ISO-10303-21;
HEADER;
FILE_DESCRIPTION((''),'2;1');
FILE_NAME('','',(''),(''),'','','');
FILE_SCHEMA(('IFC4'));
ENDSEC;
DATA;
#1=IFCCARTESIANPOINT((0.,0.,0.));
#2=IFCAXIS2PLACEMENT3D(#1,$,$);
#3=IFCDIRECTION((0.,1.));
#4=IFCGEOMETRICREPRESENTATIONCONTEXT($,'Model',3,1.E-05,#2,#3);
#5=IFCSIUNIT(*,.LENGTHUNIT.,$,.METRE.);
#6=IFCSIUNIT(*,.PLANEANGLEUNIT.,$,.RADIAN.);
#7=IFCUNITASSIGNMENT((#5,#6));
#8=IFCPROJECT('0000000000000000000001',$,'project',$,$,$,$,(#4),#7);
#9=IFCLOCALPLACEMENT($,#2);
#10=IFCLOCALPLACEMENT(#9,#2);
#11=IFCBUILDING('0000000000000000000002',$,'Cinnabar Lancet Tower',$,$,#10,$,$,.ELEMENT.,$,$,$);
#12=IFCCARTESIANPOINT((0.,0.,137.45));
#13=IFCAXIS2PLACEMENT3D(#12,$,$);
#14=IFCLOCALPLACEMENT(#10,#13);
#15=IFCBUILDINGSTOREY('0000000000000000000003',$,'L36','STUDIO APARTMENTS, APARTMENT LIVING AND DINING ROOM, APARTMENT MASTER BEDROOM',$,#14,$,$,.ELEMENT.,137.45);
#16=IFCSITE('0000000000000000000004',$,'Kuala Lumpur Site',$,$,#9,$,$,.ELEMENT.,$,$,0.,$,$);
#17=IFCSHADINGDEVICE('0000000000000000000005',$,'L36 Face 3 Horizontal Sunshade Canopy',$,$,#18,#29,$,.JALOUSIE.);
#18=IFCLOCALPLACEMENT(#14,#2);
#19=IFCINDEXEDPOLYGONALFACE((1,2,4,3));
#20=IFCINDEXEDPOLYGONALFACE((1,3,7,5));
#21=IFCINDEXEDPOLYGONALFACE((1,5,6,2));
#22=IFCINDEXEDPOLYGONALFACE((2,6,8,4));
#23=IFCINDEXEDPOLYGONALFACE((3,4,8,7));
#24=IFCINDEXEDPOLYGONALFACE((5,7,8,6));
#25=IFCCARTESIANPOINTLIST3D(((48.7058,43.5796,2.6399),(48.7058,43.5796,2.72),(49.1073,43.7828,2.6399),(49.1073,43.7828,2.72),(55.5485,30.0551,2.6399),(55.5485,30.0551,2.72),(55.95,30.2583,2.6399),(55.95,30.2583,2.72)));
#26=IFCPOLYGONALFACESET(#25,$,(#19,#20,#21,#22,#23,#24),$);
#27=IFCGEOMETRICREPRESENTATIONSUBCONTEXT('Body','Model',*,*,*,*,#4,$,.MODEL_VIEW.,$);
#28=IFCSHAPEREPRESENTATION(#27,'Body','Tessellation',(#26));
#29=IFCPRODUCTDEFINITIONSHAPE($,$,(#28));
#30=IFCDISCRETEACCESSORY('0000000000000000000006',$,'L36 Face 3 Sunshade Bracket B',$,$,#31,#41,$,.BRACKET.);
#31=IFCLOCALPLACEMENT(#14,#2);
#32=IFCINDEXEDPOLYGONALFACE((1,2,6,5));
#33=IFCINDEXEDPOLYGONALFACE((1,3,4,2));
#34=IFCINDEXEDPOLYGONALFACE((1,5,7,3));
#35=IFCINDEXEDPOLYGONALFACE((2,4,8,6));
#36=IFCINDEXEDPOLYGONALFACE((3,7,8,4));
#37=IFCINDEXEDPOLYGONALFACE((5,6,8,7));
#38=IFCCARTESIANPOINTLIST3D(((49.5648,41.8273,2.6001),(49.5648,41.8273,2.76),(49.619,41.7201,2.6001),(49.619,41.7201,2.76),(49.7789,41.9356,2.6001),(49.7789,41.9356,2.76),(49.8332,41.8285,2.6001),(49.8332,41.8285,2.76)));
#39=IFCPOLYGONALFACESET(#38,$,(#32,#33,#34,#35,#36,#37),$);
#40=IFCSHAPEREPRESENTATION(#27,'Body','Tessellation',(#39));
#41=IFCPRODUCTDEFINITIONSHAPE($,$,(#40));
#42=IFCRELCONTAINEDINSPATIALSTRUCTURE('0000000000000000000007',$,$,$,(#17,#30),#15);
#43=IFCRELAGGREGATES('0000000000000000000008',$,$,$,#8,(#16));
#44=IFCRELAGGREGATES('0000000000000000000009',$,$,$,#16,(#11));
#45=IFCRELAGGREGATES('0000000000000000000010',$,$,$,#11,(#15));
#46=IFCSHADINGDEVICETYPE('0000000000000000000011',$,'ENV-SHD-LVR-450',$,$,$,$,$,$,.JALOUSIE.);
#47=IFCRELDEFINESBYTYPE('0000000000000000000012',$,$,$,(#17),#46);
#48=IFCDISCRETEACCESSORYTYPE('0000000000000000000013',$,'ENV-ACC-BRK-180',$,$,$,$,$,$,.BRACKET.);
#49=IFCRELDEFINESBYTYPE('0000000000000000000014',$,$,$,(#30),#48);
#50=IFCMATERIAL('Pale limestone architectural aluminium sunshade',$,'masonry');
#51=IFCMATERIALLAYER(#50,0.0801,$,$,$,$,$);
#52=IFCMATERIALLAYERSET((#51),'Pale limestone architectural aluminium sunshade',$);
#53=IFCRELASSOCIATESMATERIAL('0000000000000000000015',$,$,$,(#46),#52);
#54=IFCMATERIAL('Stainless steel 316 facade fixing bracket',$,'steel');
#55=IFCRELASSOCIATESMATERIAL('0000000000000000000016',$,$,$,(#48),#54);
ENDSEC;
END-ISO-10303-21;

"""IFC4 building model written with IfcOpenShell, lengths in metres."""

from ifc_helpers import new_model, si_unit, direction, frame, origin, origin_2d, place, context, subcontext, project, spatial, rectangle, extrude, material, layer, layer_set, type_object, element, save


model = new_model("IFC4")

# Units and contexts
model_context = context("Model", 3, precision=1e-05, world=origin(), true_north=direction((0.0, 1.0)))
body_context = subcontext(model_context, "Body", "Model", "MODEL_VIEW")
ifc_project = project(units=[si_unit("LENGTHUNIT", "METRE"), si_unit("PLANEANGLEUNIT", "RADIAN")], contexts=[model_context])

# Site, building, storey
site_placement = place(None, origin())
site = spatial("IfcSite", under=ifc_project, at=site_placement, Name="Kuala Lumpur Site", CompositionType="ELEMENT", RefElevation=0.0)
building_placement = place(site_placement, origin())
building = spatial("IfcBuilding", under=site, at=building_placement, Name="Cinnabar Lancet Tower", CompositionType="ELEMENT")
storey_placement = place(building_placement, frame((0.0, 0.0, 137.45)))
storey = spatial("IfcBuildingStorey", under=building, at=storey_placement, Name="L36", Description="STUDIO APARTMENTS, APARTMENT LIVING AND DINING ROOM, APARTMENT MASTER BEDROOM", CompositionType="ELEMENT", Elevation=137.45)

# Shading device
ifc_material_1 = material(Name="Pale limestone architectural aluminium sunshade", Category="masonry")
ifc_layer_1 = layer(ifc_material_1, 0.0801)
ifc_layer_set_1 = layer_set([ifc_layer_1], Name="Pale limestone architectural aluminium sunshade")
shading_device_type = type_object("IfcShadingDeviceType", Name="ENV-SHD-LVR-450", PredefinedType="JALOUSIE", material=ifc_layer_set_1)
shading_device_placement = place(storey_placement, frame((52.3279, 36.9189, 2.6399), z_axis=(0.0, 0.0, 1.0), x_axis=(-0.451454, 0.892294, 0.0)))
element("IfcShadingDevice", 1, at=shading_device_placement, inside=storey, type_object=shading_device_type, Name="L36 Face 3 Horizontal Sunshade Canopy", PredefinedType="JALOUSIE", context=body_context, shape_type="SweptSolid", body=[
    extrude(rectangle(XDim=15.157, YDim=0.45, at=origin_2d()), origin(), (0.0, 0.0, 1.0), 0.0801),
])

# Discrete accessory
ifc_material_2 = material(Name="Stainless steel 316 facade fixing bracket", Category="steel")
discrete_accessory_type = type_object("IfcDiscreteAccessoryType", Name="ENV-ACC-BRK-180", PredefinedType="BRACKET", material=ifc_material_2)
discrete_accessory_placement = place(storey_placement, frame((49.699, 41.8279, 2.6001), z_axis=(0.0, 0.0, 1.0), x_axis=(-0.451454, 0.892294, 0.0)))
element("IfcDiscreteAccessory", 2, at=discrete_accessory_placement, inside=storey, type_object=discrete_accessory_type, Name="L36 Face 3 Sunshade Bracket B", PredefinedType="BRACKET", context=body_context, shape_type="SweptSolid", body=[
    extrude(rectangle(XDim=0.1201, YDim=0.24, at=origin_2d()), origin(), (0.0, 0.0, 1.0), 0.1599),
])

save(model, "model.ifc")
